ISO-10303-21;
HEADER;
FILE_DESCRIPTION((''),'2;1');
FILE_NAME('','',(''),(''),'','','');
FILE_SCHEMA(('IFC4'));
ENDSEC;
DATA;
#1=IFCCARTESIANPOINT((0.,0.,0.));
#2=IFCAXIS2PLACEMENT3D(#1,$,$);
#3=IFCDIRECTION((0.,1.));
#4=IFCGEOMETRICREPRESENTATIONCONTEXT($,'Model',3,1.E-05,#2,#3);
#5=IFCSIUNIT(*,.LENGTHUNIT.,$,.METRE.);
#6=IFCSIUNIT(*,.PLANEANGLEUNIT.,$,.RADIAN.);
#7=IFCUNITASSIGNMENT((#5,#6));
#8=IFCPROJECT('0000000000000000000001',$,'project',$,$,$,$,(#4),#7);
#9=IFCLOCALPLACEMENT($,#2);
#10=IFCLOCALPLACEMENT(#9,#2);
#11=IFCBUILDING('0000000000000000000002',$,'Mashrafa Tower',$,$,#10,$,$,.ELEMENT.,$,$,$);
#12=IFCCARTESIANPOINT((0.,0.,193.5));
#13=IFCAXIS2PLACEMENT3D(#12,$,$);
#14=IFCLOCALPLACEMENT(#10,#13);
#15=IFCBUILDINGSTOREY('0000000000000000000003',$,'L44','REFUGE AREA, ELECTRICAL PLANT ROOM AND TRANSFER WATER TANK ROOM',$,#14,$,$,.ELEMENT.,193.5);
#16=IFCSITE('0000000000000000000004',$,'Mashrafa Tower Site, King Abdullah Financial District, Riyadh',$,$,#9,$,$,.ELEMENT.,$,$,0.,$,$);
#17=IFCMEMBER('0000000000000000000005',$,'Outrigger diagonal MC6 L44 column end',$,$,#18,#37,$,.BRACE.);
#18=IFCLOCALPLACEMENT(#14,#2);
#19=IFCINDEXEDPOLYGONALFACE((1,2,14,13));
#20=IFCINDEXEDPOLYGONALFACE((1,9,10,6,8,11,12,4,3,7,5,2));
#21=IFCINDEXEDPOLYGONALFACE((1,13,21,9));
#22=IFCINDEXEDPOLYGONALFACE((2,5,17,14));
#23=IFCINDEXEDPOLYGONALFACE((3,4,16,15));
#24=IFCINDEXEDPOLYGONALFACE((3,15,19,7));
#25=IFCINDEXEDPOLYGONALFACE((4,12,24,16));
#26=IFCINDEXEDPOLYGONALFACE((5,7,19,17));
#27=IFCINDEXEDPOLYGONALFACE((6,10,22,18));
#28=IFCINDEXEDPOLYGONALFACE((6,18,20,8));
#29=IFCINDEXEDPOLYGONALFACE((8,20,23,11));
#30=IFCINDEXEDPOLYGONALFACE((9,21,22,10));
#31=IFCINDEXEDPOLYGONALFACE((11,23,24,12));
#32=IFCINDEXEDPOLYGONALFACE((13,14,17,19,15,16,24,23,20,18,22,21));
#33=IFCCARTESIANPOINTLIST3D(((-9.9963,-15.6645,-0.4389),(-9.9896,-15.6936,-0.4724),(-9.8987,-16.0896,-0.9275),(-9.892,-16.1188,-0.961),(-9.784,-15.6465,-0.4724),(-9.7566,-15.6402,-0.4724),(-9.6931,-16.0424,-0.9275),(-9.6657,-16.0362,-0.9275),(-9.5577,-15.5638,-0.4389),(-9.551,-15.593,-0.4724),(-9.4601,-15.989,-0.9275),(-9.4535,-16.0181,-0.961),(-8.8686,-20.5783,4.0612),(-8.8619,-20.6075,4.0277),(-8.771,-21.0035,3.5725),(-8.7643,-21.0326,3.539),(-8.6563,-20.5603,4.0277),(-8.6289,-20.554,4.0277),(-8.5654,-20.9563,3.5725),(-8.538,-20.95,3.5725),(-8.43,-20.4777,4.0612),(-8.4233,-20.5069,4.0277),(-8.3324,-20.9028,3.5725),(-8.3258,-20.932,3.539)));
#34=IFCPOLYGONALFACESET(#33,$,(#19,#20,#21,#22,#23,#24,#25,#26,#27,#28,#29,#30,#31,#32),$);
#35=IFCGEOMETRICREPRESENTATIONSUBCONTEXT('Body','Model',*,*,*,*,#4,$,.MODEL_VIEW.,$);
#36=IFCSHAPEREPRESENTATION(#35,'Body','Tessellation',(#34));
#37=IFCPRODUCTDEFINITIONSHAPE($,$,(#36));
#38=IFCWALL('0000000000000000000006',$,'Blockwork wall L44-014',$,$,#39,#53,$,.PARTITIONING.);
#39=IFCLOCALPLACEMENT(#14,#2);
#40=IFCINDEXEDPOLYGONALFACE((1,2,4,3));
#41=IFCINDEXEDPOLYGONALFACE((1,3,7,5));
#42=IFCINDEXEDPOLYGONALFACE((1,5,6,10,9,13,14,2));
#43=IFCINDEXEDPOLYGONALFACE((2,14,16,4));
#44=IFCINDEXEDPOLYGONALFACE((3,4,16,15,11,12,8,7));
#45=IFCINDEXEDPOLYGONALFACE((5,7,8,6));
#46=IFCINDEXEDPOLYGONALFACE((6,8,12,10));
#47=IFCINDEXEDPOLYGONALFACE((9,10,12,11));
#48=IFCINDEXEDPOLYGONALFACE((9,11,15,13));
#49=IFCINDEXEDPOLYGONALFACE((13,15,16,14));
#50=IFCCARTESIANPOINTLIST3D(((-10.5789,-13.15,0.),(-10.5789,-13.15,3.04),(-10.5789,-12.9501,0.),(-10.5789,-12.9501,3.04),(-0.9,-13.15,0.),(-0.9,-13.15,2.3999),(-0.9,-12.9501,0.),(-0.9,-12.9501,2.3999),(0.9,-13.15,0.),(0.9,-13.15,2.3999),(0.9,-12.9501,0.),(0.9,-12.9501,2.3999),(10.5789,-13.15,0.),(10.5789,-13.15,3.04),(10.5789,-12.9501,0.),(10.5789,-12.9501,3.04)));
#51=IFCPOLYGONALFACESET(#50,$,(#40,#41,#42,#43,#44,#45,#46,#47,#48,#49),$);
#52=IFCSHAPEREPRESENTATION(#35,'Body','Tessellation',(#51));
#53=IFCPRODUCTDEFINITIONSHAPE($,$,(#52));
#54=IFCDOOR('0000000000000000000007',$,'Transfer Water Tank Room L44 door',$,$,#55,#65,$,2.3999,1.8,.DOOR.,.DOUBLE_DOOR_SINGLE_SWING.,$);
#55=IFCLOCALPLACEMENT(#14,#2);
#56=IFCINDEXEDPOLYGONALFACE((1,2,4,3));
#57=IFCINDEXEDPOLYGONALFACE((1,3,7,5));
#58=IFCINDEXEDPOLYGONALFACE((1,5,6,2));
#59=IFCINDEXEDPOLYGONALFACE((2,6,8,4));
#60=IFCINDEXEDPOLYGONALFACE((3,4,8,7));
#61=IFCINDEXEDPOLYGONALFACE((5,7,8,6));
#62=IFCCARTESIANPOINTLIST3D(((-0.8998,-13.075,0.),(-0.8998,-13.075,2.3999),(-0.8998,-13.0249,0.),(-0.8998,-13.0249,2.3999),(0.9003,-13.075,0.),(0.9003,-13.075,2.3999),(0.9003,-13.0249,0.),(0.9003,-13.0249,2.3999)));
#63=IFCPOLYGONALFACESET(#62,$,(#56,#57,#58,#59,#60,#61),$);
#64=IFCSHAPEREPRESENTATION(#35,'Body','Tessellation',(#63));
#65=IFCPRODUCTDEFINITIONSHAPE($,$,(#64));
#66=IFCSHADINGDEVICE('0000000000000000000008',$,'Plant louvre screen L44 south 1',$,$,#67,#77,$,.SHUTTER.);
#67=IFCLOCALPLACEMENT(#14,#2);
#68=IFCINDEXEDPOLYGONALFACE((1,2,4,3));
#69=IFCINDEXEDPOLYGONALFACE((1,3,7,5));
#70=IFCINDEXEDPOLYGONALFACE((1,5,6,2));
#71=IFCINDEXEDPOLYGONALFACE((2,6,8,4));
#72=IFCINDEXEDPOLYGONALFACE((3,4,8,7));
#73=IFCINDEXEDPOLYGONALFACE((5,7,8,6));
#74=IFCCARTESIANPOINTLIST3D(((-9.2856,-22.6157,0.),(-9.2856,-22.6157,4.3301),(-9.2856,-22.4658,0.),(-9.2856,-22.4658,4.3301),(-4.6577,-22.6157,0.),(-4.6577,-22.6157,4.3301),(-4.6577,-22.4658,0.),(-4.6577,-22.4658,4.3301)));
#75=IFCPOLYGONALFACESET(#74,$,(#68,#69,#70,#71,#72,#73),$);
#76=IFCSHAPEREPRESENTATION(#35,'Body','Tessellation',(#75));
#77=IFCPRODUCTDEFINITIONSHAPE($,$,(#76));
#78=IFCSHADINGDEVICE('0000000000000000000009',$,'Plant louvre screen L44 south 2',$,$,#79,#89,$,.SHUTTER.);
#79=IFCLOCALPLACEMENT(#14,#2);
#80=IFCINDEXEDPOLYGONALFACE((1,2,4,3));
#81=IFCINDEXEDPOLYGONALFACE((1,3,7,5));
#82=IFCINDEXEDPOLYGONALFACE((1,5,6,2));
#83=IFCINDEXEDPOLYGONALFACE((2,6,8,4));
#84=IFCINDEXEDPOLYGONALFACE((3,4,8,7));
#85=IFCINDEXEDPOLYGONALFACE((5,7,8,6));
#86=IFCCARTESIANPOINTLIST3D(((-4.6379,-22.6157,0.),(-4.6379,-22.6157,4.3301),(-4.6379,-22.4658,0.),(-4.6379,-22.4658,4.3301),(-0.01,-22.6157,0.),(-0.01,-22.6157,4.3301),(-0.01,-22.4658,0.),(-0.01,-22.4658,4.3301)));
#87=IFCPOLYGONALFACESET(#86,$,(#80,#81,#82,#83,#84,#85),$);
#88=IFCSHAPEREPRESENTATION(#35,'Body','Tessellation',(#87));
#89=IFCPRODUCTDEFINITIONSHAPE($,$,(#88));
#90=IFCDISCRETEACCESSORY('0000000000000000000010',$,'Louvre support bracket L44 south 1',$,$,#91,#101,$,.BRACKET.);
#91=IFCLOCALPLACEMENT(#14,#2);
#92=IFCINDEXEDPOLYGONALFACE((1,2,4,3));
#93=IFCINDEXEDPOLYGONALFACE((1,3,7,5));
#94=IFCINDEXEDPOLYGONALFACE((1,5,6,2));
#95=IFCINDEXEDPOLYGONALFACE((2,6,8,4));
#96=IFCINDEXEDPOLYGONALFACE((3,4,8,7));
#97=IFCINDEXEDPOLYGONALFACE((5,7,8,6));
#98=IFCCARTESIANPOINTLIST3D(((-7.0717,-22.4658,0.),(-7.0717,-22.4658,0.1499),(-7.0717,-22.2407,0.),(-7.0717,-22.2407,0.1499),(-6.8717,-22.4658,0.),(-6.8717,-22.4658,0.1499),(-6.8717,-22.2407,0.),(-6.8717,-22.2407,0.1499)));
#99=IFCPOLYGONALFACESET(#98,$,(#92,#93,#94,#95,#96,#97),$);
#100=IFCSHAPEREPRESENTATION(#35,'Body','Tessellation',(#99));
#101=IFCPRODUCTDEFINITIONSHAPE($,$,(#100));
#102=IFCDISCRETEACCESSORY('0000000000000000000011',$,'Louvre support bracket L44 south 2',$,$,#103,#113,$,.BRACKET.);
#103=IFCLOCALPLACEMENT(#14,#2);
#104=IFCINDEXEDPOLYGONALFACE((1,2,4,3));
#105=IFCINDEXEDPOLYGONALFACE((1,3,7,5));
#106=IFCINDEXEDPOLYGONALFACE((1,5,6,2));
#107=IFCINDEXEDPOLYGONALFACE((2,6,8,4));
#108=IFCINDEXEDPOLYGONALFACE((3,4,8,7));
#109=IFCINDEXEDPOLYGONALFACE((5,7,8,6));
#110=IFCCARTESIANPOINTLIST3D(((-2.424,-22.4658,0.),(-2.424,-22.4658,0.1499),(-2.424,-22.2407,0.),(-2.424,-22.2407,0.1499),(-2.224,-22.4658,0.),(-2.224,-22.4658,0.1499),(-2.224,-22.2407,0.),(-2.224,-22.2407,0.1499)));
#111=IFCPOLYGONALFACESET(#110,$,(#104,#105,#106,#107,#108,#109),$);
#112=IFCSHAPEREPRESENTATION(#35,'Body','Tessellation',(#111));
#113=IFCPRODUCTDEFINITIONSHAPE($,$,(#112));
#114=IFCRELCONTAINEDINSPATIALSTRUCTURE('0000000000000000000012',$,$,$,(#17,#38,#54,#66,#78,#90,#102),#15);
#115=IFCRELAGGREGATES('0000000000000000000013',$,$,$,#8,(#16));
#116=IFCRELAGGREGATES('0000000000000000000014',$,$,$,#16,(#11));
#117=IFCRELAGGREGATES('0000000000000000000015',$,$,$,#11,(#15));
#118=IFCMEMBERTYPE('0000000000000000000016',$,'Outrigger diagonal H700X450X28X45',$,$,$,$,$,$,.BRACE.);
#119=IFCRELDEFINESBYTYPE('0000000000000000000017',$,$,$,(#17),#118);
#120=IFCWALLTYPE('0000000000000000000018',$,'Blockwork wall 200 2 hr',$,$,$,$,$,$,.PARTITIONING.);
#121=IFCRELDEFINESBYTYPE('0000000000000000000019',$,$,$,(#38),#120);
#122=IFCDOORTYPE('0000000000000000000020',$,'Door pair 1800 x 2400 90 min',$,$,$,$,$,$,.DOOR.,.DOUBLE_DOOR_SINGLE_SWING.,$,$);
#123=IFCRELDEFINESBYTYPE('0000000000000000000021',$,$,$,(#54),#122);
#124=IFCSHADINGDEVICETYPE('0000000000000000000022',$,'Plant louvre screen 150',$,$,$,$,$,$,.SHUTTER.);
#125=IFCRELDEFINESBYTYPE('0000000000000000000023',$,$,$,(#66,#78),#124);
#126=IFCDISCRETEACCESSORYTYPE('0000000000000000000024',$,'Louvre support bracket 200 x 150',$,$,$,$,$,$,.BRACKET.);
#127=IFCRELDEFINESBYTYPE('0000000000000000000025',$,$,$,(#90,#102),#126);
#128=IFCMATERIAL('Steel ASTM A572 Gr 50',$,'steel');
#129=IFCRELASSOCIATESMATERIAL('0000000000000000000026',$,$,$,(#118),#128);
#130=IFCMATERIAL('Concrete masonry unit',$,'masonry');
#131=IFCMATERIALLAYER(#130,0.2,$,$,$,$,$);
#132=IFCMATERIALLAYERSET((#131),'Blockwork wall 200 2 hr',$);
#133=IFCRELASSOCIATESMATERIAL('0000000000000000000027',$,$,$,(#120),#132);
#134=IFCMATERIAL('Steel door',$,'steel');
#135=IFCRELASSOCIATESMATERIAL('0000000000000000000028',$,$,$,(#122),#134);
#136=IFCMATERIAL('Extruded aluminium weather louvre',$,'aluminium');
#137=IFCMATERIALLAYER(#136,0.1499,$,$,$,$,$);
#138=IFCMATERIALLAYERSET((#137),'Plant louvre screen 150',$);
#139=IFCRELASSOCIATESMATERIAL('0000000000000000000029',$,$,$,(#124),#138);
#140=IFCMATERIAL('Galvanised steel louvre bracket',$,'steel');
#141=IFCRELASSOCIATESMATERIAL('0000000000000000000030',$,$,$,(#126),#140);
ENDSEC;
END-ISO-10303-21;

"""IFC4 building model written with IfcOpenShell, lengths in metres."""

from ifc_helpers import new_model, si_unit, direction, frame, frame_2d, origin, origin_2d, place, context, subcontext, project, spatial, rectangle, i_section, extrude, source, transform, mapped, material, layer, layer_set, material_profile, profile_set, type_object, type_shapes, element, fill, save


model = new_model("IFC4")

# Units and contexts
model_context = context("Model", 3, precision=1e-05, world=origin(), true_north=direction((0.0, 1.0)))
body_context = subcontext(model_context, "Body", "Model", "MODEL_VIEW")
ifc_project = project(units=[si_unit("LENGTHUNIT", "METRE"), si_unit("PLANEANGLEUNIT", "RADIAN")], contexts=[model_context])

# Site, building, storey
site_placement = place(None, origin())
site = spatial("IfcSite", under=ifc_project, at=site_placement, Name="Mashrafa Tower Site, King Abdullah Financial District, Riyadh", CompositionType="ELEMENT", RefElevation=0.0)
building_placement = place(site_placement, origin())
building = spatial("IfcBuilding", under=site, at=building_placement, Name="Mashrafa Tower", CompositionType="ELEMENT")
storey_placement = place(building_placement, frame((0.0, 0.0, 193.5)))
storey = spatial("IfcBuildingStorey", under=building, at=storey_placement, Name="L44", Description="REFUGE AREA, ELECTRICAL PLANT ROOM AND TRANSFER WATER TANK ROOM", CompositionType="ELEMENT", Elevation=193.5)

# Member
ifc_material_1 = material(Name="Steel ASTM A572 Gr 50", Category="steel")
ifc_material_profile_1 = material_profile(ifc_material_1, i_section(OverallWidth=0.45, OverallDepth=0.7, WebThickness=0.0281, FlangeThickness=0.0449, at=origin_2d()), Name="H700X450X28X45")
ifc_profile_set_1 = profile_set([ifc_material_profile_1], Name="Steel ASTM A572 Gr 50")
member_type_1 = type_object("IfcMemberType", Name="Outrigger diagonal H700X450X28X45", PredefinedType="BRACE", material=ifc_profile_set_1)
shared_shape_1 = source(origin(), body_context, "Body", "SweptSolid", [
    extrude(i_section(OverallWidth=0.45, OverallDepth=0.7, WebThickness=0.0281, FlangeThickness=0.0449, at=origin_2d()), origin(), (0.0, 0.0, 1.0), 6.7578),
])
member_1_placement = place(storey_placement, frame((-9.7249, -15.8413, -0.7), z_axis=(0.166873, -0.727137, 0.665901), x_axis=(0.974663, 0.223678, 0.0)))
element("IfcMember", 1, at=member_1_placement, inside=storey, type_object=member_type_1, Name="Outrigger diagonal MC6 L44 column end", PredefinedType="BRACE", context=body_context, shape_type="MappedRepresentation", body=[
    mapped(shared_shape_1, transform((0.0, 0.0, 0.0))),
])

# Wall, opening, door
ifc_material_2 = material(Name="Concrete masonry unit", Category="masonry")
ifc_layer_1 = layer(ifc_material_2, 0.2)
ifc_layer_set_1 = layer_set([ifc_layer_1], Name="Blockwork wall 200 2 hr")
wall_type = type_object("IfcWallType", Name="Blockwork wall 200 2 hr", PredefinedType="PARTITIONING", material=ifc_layer_set_1)
wall_placement = place(storey_placement, frame((-10.5789, -13.05, 0.0), z_axis=(0.0, 0.0, 1.0), x_axis=(1.0, 0.0, 0.0)))
wall = element("IfcWall", 2, at=wall_placement, inside=storey, type_object=wall_type, Name="Blockwork wall L44-014", PredefinedType="PARTITIONING", context=body_context, shape_type="SweptSolid", body=[
    extrude(rectangle(XDim=21.1577, YDim=0.2, at=frame_2d((10.5789, 0.0))), origin(), (0.0, 0.0, 1.0), 3.04),
])
opening_placement = place(wall_placement, frame((9.679, 0.0, 0.0)))
opening = element("IfcOpeningElement", 3, at=opening_placement, cuts=wall, PredefinedType="OPENING", context=body_context, shape_type="SweptSolid", body=[
    extrude(rectangle(XDim=1.8, YDim=2.3999, at=frame_2d((0.8999, 1.2))), frame((0.0, 0.1099, 0.0), z_axis=(0.0, -1.0, 0.0), x_axis=(1.0, 0.0, 0.0)), (0.0, 0.0, 1.0), 0.22),
])
ifc_material_3 = material(Name="Steel door", Category="steel")
door_type = type_object("IfcDoorType", Name="Door pair 1800 x 2400 90 min", OperationType="DOUBLE_DOOR_SINGLE_SWING", PredefinedType="DOOR", material=ifc_material_3)
door_placement = place(opening_placement, frame((1.8, 0.0, 0.0), z_axis=(0.0, 0.0, 1.0), x_axis=(-1.0, 0.0, 0.0)))
door = element("IfcDoor", 4, at=door_placement, inside=storey, type_object=door_type, Name="Transfer Water Tank Room L44 door", OperationType="DOUBLE_DOOR_SINGLE_SWING", OverallHeight=2.3999, OverallWidth=1.8, PredefinedType="DOOR", context=body_context, shape_type="SweptSolid", body=[
    extrude(rectangle(XDim=1.8, YDim=2.3999, at=frame_2d((0.8999, 1.2))), frame((0.0, 0.0249, 0.0), z_axis=(0.0, -1.0, 0.0), x_axis=(1.0, 0.0, 0.0)), (0.0, 0.0, 1.0), 0.05),
])
fill(opening, door)

# Shading devices
ifc_material_4 = material(Name="Extruded aluminium weather louvre", Category="aluminium")
ifc_layer_2 = layer(ifc_material_4, 0.1499)
ifc_layer_set_2 = layer_set([ifc_layer_2], Name="Plant louvre screen 150")
shading_device_type = type_object("IfcShadingDeviceType", Name="Plant louvre screen 150", PredefinedType="SHUTTER", material=ifc_layer_set_2)
shared_shape_2 = source(origin(), body_context, "Body", "SweptSolid", [
    extrude(rectangle(XDim=4.6279, YDim=0.1499, at=origin_2d()), origin(), (0.0, 0.0, 1.0), 4.3301),
])
type_shapes(shading_device_type, [shared_shape_2])
for number, where, z_axis, x_axis, name in (
    (5, (-6.9717, -22.5408, 0.0), (0.0, 0.0, 1.0), (1.0, 0.0, 0.0), "Plant louvre screen L44 south 1"),
    (6, (-2.324, -22.5408, 0.0), (0.0, 0.0, 1.0), (1.0, 0.0, 0.0), "Plant louvre screen L44 south 2"),
):
    element("IfcShadingDevice", number, at=place(storey_placement, frame(where, z_axis=z_axis, x_axis=x_axis)), inside=storey, type_object=shading_device_type, Name=name, PredefinedType="SHUTTER", context=body_context, shape_type="MappedRepresentation", body=[
        mapped(shared_shape_2, transform((0.0, 0.0, 0.0))),
    ])

# Discrete accessories
ifc_material_5 = material(Name="Galvanised steel louvre bracket", Category="steel")
discrete_accessory_type = type_object("IfcDiscreteAccessoryType", Name="Louvre support bracket 200 x 150", PredefinedType="BRACKET", material=ifc_material_5)
shared_shape_3 = source(origin(), body_context, "Body", "SweptSolid", [
    extrude(rectangle(XDim=0.2, YDim=0.2251, at=origin_2d()), origin(), (0.0, 0.0, 1.0), 0.1499),
])
type_shapes(discrete_accessory_type, [shared_shape_3])
for number, where, z_axis, x_axis, name in (
    (7, (-6.9717, -22.3533, 0.0), (0.0, 0.0, 1.0), (1.0, 0.0, 0.0), "Louvre support bracket L44 south 1"),
    (8, (-2.324, -22.3533, 0.0), (0.0, 0.0, 1.0), (1.0, 0.0, 0.0), "Louvre support bracket L44 south 2"),
):
    element("IfcDiscreteAccessory", number, at=place(storey_placement, frame(where, z_axis=z_axis, x_axis=x_axis)), inside=storey, type_object=discrete_accessory_type, Name=name, PredefinedType="BRACKET", context=body_context, shape_type="MappedRepresentation", body=[
        mapped(shared_shape_3, transform((0.0, 0.0, 0.0))),
    ])

save(model, "model.ifc")
